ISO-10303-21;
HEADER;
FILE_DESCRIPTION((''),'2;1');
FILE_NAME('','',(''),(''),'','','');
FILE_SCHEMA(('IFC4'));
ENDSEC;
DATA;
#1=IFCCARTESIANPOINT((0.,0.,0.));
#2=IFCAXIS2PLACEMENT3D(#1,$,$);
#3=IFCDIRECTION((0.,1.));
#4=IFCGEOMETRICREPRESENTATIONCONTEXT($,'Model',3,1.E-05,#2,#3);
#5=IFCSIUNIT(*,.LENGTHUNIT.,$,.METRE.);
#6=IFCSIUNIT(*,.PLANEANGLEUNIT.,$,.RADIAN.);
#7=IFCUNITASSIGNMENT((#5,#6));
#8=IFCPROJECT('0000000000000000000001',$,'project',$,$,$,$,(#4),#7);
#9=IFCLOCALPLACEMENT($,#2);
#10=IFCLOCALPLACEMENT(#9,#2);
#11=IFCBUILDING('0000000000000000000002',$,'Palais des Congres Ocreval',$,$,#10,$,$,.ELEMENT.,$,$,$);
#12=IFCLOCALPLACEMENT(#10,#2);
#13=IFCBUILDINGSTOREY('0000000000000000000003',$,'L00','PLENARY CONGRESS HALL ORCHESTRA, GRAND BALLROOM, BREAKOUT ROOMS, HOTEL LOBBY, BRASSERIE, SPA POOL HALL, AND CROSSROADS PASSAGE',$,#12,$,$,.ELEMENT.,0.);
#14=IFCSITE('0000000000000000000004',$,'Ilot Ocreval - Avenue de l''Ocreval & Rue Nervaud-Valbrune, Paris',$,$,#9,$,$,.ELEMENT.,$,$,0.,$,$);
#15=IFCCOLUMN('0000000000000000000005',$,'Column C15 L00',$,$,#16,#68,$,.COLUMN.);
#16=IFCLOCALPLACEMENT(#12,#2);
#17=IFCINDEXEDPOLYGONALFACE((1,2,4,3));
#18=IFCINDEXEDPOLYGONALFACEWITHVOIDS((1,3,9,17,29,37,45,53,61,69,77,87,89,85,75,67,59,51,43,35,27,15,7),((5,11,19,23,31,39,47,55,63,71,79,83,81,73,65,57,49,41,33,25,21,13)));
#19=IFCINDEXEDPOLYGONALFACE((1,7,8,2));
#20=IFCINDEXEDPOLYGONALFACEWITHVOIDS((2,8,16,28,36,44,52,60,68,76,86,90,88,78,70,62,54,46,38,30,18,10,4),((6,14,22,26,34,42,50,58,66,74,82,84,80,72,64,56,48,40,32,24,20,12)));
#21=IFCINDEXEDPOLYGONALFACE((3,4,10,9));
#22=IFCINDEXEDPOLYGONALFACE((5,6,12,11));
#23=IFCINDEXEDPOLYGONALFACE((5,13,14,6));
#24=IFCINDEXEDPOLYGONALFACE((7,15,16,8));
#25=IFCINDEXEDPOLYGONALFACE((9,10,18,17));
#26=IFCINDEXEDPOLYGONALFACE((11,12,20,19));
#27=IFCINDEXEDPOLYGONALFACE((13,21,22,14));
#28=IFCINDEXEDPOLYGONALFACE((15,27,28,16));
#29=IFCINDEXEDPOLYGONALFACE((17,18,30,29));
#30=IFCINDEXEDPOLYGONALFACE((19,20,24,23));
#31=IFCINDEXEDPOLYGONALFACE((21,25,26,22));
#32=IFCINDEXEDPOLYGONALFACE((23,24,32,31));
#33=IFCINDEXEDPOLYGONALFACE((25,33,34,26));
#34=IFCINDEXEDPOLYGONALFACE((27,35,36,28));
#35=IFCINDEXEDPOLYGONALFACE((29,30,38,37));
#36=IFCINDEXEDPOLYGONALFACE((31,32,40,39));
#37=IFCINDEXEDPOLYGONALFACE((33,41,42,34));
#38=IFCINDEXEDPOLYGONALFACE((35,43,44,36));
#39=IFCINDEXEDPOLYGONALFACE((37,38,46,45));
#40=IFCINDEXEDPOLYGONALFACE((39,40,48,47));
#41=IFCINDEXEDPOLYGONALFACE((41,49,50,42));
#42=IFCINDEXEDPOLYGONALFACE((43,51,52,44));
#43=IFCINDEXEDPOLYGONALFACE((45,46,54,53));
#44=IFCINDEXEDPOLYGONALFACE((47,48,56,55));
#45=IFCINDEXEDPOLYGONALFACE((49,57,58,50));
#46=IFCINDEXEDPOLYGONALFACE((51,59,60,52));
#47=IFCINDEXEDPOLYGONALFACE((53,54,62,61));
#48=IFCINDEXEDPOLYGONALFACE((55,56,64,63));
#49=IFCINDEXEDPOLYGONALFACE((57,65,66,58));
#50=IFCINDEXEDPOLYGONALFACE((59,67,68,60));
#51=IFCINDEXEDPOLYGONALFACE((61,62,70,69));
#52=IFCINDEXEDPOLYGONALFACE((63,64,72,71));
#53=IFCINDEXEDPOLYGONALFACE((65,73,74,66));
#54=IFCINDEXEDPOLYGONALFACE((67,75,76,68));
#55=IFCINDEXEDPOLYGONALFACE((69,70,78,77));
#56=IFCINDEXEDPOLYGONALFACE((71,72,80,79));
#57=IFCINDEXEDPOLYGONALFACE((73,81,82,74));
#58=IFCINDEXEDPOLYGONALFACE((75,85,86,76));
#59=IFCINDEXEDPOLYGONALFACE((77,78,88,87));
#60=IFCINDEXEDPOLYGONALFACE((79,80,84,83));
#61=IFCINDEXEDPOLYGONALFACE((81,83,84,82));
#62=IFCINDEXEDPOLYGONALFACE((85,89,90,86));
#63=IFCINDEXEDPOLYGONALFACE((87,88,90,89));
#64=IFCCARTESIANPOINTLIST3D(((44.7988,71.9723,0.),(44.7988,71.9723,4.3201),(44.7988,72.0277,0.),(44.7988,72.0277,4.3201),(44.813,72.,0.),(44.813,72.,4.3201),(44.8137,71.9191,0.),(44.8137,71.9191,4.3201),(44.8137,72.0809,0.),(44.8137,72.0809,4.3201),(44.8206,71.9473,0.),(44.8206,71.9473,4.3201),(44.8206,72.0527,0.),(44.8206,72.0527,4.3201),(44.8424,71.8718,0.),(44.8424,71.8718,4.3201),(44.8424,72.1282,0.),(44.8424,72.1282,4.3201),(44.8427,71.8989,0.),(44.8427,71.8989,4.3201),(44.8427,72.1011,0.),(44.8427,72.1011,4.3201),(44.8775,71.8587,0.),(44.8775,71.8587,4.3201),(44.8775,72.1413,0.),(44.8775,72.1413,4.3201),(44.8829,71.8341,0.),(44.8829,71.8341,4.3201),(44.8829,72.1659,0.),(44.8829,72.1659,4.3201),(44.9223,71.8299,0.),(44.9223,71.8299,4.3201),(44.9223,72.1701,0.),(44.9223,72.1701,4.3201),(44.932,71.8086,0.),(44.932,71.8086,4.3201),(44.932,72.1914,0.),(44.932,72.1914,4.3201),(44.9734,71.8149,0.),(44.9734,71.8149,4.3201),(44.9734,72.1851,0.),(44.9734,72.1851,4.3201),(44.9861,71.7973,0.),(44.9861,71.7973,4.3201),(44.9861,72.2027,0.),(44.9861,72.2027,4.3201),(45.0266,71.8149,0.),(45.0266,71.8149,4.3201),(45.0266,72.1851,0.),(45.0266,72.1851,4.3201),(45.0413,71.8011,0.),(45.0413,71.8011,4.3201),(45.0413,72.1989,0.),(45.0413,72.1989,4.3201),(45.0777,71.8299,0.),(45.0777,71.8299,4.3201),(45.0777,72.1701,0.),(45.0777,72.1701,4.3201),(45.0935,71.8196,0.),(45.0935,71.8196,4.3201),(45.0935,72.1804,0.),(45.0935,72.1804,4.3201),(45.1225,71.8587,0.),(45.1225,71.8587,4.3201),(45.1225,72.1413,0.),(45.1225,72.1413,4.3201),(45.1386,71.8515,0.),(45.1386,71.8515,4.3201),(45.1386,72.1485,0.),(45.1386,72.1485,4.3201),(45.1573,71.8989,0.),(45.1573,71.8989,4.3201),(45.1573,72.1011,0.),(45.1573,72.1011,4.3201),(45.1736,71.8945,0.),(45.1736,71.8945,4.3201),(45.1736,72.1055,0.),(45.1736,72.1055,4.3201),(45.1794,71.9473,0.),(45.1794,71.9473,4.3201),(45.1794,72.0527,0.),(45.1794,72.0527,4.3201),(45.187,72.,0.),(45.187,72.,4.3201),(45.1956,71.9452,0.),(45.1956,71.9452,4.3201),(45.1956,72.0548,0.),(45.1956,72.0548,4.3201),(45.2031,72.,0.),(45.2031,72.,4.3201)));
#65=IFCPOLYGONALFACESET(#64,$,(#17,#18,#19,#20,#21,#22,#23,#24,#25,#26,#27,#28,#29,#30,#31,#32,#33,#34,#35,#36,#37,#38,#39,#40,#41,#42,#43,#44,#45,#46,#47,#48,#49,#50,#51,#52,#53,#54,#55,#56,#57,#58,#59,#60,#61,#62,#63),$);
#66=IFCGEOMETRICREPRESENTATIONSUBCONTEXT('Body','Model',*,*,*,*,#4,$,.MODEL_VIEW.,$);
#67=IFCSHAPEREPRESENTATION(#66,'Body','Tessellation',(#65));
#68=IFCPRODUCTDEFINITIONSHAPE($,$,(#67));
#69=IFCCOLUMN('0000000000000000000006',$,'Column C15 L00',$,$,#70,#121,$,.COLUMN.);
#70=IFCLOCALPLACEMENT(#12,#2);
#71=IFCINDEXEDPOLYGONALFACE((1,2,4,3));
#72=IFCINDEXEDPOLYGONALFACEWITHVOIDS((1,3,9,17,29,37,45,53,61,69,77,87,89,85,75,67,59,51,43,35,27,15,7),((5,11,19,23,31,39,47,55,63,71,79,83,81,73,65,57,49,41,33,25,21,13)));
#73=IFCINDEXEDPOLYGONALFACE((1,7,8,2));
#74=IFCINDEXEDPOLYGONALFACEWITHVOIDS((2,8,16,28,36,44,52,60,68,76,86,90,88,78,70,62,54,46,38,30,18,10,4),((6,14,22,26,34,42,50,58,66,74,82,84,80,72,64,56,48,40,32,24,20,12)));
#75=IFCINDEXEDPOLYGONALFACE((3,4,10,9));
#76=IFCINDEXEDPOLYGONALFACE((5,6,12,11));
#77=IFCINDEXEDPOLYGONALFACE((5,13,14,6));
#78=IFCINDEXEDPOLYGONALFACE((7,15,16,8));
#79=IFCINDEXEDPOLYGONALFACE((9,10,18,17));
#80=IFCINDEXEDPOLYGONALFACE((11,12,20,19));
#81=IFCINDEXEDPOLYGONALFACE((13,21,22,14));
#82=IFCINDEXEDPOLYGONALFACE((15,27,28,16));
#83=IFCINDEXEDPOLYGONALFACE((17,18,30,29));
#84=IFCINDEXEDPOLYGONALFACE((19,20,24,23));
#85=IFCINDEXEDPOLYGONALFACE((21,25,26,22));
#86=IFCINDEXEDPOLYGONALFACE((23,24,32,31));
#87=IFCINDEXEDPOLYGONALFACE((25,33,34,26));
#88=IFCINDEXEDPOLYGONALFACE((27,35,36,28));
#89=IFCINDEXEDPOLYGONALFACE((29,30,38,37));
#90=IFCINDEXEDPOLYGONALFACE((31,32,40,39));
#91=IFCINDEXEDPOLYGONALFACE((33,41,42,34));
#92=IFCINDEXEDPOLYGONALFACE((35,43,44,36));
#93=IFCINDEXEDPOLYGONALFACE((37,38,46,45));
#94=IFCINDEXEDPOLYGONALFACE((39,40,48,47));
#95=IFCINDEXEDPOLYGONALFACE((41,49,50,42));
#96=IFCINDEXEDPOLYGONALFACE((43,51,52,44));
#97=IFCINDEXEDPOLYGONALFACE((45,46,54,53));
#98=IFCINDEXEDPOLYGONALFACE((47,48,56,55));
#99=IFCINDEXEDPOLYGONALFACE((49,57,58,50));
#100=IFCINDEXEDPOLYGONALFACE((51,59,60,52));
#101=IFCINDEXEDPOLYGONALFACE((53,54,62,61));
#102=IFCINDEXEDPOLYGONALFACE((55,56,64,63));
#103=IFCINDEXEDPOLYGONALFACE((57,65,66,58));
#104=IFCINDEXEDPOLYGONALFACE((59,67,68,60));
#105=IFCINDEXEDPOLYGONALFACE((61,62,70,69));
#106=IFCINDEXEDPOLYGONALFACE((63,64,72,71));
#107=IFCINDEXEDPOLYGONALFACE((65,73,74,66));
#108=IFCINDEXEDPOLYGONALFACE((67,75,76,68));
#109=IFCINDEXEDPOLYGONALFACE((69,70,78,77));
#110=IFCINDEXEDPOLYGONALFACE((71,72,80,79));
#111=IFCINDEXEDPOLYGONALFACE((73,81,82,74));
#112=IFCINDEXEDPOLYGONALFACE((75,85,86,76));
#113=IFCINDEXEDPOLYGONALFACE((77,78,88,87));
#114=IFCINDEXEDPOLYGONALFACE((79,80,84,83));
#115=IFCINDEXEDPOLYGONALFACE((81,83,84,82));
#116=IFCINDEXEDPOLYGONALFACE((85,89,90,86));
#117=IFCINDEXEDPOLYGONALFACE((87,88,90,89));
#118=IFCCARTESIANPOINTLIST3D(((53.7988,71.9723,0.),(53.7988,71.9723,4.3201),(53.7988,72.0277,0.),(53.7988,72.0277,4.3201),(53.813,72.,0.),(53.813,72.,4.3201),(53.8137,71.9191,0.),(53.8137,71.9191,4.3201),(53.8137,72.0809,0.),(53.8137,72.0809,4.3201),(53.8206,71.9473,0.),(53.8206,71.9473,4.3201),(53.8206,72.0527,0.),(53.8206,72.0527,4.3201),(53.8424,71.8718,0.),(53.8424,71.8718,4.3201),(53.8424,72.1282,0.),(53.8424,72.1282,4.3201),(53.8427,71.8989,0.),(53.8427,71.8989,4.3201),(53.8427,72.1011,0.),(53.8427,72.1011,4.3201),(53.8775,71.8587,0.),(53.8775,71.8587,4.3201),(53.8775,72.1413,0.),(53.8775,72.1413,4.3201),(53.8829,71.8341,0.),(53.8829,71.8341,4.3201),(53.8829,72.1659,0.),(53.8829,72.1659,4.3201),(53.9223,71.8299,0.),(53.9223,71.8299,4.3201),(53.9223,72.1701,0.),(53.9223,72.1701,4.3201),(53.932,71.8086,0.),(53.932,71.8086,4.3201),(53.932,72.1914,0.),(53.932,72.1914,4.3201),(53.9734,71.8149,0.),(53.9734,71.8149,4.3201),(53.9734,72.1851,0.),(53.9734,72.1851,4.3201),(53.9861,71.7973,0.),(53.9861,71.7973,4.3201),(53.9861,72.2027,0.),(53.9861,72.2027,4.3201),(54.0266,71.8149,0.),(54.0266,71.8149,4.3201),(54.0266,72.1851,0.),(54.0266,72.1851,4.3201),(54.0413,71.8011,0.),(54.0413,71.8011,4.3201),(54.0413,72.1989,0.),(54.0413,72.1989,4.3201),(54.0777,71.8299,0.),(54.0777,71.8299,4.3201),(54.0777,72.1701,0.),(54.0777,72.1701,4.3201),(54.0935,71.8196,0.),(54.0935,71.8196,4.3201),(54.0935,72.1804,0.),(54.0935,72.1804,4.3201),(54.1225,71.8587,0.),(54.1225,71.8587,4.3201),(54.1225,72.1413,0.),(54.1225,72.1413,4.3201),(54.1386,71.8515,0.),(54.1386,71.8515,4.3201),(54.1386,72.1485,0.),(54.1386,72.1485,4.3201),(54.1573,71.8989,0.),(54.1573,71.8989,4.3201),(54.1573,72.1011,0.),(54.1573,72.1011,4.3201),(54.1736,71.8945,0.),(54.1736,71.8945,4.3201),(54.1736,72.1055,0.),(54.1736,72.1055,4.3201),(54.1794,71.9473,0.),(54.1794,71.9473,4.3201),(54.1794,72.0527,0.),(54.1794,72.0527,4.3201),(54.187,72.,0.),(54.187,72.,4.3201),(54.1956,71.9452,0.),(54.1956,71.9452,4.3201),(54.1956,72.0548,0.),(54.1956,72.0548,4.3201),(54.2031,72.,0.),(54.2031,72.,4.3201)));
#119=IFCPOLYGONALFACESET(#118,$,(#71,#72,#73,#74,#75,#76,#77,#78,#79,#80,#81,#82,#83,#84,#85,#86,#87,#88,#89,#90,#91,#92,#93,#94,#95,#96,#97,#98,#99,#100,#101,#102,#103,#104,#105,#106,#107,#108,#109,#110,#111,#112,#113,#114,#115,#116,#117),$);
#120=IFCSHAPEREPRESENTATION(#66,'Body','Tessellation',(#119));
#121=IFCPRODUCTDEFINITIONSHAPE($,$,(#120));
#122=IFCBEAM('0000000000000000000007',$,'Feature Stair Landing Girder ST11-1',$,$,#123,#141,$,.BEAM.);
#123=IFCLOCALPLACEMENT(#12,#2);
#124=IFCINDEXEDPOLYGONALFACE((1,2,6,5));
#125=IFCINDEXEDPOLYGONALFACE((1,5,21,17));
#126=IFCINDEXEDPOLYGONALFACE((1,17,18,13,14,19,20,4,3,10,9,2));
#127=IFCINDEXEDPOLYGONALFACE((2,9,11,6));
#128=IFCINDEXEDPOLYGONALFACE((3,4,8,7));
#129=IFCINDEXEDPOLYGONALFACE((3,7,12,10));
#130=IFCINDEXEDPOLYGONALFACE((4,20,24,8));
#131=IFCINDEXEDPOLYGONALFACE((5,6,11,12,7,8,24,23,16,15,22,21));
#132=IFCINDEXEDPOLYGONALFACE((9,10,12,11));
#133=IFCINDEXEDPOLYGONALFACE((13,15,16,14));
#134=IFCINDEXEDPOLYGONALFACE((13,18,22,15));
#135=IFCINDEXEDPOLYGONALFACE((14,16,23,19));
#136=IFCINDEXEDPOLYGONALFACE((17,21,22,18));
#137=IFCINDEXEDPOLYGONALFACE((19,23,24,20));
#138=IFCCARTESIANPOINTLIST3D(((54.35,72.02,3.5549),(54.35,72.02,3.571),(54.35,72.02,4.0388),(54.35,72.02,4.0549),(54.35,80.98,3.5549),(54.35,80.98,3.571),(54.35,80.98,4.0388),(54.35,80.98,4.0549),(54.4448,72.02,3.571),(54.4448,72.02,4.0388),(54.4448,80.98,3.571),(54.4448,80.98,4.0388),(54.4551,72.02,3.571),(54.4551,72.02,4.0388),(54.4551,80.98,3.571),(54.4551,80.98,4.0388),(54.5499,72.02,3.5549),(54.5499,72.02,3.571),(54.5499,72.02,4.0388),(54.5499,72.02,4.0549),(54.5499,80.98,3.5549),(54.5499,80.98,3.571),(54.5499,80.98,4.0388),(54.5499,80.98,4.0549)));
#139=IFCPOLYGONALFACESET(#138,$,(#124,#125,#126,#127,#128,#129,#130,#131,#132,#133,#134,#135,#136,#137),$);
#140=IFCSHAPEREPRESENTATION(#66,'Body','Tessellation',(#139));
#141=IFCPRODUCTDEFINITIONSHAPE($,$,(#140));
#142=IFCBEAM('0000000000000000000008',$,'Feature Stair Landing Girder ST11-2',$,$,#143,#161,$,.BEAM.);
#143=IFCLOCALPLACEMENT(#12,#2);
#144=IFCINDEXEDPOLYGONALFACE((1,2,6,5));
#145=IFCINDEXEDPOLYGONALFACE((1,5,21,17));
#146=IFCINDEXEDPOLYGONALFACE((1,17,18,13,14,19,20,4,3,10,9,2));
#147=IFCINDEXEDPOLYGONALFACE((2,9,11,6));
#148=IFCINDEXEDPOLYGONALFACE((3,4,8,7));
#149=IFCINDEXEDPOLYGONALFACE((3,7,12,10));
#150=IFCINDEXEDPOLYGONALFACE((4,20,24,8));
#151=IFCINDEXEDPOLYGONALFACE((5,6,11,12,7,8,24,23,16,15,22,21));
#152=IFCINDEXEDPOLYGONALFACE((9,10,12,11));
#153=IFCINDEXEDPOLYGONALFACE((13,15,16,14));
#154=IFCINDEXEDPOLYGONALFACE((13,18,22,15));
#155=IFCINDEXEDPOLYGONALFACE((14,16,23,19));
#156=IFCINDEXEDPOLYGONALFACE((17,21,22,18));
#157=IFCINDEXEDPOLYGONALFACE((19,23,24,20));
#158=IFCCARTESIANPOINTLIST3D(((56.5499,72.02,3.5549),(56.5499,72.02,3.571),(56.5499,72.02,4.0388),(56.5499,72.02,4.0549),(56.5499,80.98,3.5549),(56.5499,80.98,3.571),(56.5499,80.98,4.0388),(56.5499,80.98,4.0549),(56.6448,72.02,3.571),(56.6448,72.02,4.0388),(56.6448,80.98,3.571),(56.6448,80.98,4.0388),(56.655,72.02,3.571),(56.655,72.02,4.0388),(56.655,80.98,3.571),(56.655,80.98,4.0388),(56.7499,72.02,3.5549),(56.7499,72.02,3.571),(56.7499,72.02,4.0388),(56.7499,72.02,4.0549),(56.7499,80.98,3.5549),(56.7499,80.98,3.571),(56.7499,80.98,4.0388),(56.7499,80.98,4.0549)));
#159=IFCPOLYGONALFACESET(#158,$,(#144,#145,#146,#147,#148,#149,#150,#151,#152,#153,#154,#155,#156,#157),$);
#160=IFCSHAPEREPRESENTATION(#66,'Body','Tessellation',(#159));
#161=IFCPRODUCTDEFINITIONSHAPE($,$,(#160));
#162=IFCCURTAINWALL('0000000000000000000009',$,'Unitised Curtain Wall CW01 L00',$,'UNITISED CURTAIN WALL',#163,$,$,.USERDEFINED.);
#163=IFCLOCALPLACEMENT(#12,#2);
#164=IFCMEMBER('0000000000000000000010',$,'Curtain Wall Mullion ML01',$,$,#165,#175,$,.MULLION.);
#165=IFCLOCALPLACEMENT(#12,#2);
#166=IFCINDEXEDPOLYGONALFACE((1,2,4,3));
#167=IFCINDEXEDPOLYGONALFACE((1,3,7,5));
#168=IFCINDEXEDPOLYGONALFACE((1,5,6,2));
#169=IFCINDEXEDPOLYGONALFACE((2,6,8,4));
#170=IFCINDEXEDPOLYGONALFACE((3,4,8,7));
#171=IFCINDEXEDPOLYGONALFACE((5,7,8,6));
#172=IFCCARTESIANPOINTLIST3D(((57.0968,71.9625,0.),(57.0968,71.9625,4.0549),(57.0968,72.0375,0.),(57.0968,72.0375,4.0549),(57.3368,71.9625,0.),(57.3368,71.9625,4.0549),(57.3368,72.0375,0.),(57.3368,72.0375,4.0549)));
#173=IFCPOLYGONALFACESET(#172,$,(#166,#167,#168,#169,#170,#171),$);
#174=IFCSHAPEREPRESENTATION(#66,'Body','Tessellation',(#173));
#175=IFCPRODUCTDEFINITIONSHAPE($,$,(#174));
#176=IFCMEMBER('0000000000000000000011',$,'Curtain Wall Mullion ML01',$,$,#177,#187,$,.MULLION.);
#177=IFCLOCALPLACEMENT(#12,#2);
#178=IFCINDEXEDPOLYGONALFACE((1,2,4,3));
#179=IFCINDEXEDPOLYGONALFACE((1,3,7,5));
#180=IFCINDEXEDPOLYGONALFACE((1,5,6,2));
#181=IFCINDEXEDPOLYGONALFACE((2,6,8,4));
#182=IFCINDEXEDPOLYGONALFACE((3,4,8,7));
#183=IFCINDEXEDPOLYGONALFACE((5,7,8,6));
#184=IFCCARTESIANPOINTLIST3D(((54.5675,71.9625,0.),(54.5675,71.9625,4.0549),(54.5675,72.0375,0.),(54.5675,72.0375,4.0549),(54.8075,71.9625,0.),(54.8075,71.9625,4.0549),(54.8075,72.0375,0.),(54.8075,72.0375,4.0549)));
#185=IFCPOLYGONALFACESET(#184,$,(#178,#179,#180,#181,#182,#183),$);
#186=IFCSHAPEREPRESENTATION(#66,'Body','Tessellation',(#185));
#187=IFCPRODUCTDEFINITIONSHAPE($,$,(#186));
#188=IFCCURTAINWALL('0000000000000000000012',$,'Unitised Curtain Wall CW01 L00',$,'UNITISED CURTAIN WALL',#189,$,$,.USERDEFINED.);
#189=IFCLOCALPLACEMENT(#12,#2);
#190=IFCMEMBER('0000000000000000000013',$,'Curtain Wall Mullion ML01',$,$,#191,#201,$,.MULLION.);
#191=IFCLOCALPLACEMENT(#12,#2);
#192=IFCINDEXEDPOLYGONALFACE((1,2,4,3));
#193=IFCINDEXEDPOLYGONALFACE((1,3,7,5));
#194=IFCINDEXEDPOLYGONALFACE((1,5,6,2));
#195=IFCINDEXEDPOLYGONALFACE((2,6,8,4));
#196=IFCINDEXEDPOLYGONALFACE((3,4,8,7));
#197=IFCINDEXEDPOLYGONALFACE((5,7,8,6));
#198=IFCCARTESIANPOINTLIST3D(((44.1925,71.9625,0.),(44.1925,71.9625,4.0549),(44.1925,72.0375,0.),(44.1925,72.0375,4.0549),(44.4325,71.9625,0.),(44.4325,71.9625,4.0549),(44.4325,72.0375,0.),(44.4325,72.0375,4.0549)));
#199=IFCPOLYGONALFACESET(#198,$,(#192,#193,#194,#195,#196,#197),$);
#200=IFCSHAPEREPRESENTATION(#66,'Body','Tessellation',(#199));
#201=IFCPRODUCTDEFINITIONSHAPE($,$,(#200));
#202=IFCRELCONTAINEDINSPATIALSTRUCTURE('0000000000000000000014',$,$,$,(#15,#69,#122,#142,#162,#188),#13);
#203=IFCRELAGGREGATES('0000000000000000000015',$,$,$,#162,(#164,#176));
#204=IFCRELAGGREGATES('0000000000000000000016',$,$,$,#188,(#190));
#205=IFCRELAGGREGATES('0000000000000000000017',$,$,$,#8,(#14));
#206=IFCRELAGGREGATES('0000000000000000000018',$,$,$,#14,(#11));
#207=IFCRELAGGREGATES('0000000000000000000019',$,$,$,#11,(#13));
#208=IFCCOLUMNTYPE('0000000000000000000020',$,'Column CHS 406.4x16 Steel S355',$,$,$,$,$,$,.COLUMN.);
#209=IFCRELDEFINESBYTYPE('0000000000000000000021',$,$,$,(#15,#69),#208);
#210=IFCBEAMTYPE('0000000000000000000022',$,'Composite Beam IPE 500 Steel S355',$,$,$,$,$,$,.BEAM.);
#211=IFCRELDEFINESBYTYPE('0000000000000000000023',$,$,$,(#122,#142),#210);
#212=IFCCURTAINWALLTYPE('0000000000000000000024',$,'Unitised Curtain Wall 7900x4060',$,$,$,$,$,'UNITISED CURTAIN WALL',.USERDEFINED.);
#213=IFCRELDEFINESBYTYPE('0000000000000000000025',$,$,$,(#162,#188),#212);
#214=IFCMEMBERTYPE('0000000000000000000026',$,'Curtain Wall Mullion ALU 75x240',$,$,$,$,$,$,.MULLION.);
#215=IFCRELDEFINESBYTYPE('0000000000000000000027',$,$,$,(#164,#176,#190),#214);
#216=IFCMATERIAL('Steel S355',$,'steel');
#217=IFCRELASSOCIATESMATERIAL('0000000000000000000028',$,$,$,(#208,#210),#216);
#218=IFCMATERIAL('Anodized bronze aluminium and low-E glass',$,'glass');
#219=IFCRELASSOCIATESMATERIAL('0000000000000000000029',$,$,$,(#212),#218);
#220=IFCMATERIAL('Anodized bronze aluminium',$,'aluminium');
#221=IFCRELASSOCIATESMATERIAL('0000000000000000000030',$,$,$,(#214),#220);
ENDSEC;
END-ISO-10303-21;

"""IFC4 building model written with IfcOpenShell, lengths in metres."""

from ifc_helpers import new_model, si_unit, direction, frame, origin, origin_2d, place, context, subcontext, project, spatial, rectangle, hollow_circle, i_section, extrude, material, material_profile, profile_set, type_object, element, aggregate, save


model = new_model("IFC4")

# Units and contexts
model_context = context("Model", 3, precision=1e-05, world=origin(), true_north=direction((0.0, 1.0)))
body_context = subcontext(model_context, "Body", "Model", "MODEL_VIEW")
ifc_project = project(units=[si_unit("LENGTHUNIT", "METRE"), si_unit("PLANEANGLEUNIT", "RADIAN")], contexts=[model_context])

# Site, building, storey
site_placement = place(None, origin())
site = spatial("IfcSite", under=ifc_project, at=site_placement, Name="Ilot Ocreval - Avenue de l'Ocreval & Rue Nervaud-Valbrune, Paris", CompositionType="ELEMENT", RefElevation=0.0)
building_placement = place(site_placement, origin())
building = spatial("IfcBuilding", under=site, at=building_placement, Name="Palais des Congres Ocreval", CompositionType="ELEMENT")
storey_placement = place(building_placement, origin())
storey = spatial("IfcBuildingStorey", under=building, at=storey_placement, Name="L00", Description="PLENARY CONGRESS HALL ORCHESTRA, GRAND BALLROOM, BREAKOUT ROOMS, HOTEL LOBBY, BRASSERIE, SPA POOL HALL, AND CROSSROADS PASSAGE", CompositionType="ELEMENT", Elevation=0.0)

# Columns
ifc_material_1 = material(Name="Steel S355", Category="steel")
ifc_material_profile_1 = material_profile(ifc_material_1, hollow_circle(Radius=0.2031, WallThickness=0.0161, at=origin_2d()), Name="CHS 406.4x16")
ifc_profile_set_1 = profile_set([ifc_material_profile_1], Name="Steel S355")
column_type = type_object("IfcColumnType", Name="Column CHS 406.4x16 Steel S355", PredefinedType="COLUMN", material=ifc_profile_set_1)
for number, where, z_axis, x_axis, name in (
    (1, (45.0, 72.0, 0.0), (0.0, 0.0, 1.0), (1.0, 0.0, 0.0), "Column C15 L00"),
    (2, (54.0, 72.0, 0.0), (0.0, 0.0, 1.0), (1.0, 0.0, 0.0), "Column C15 L00"),
):
    element("IfcColumn", number, at=place(storey_placement, frame(where, z_axis=z_axis, x_axis=x_axis)), inside=storey, type_object=column_type, Name=name, PredefinedType="COLUMN", context=body_context, shape_type="SweptSolid", body=[
        extrude(hollow_circle(Radius=0.2031, WallThickness=0.0161, at=origin_2d()), origin(), (0.0, 0.0, 1.0), 4.3201),
    ])

# Beams
ifc_material_profile_2 = material_profile(ifc_material_1, i_section(OverallWidth=0.2, OverallDepth=0.5, WebThickness=0.0103, FlangeThickness=0.0161, at=origin_2d()), Name="IPE 500")
ifc_profile_set_2 = profile_set([ifc_material_profile_2], Name="Steel S355")
beam_type_1 = type_object("IfcBeamType", Name="Composite Beam IPE 500 Steel S355", PredefinedType="BEAM", material=ifc_profile_set_2)
for number, where, z_axis, x_axis, name in (
    (3, (54.45, 72.02, 3.8049), (0.0, 1.0, 0.0), (-1.0, 0.0, 0.0), "Feature Stair Landing Girder ST11-1"),
    (4, (56.6499, 72.02, 3.8049), (0.0, 1.0, 0.0), (-1.0, 0.0, 0.0), "Feature Stair Landing Girder ST11-2"),
):
    element("IfcBeam", number, at=place(storey_placement, frame(where, z_axis=z_axis, x_axis=x_axis)), inside=storey, type_object=beam_type_1, Name=name, PredefinedType="BEAM", context=body_context, shape_type="SweptSolid", body=[
        extrude(i_section(OverallWidth=0.2, OverallDepth=0.5, WebThickness=0.0103, FlangeThickness=0.0161, at=origin_2d()), origin(), (0.0, 0.0, 1.0), 8.96),
    ])

# Curtain wall, members
ifc_material_2 = material(Name="Anodized bronze aluminium and low-E glass", Category="glass")
curtain_wall_type = type_object("IfcCurtainWallType", Name="Unitised Curtain Wall 7900x4060", ElementType="UNITISED CURTAIN WALL", PredefinedType="USERDEFINED", material=ifc_material_2)
curtain_wall_1_placement = place(storey_placement, origin())
curtain_wall_1 = element("IfcCurtainWall", 5, at=curtain_wall_1_placement, inside=storey, type_object=curtain_wall_type, Name="Unitised Curtain Wall CW01 L00", ObjectType="UNITISED CURTAIN WALL", PredefinedType="USERDEFINED")
ifc_material_3 = material(Name="Anodized bronze aluminium", Category="aluminium")
ifc_material_profile_3 = material_profile(ifc_material_3, rectangle(XDim=0.075, YDim=0.24, at=origin_2d()), Name="ALU 75x240")
ifc_profile_set_3 = profile_set([ifc_material_profile_3], Name="Anodized bronze aluminium")
member_type_1 = type_object("IfcMemberType", Name="Curtain Wall Mullion ALU 75x240", PredefinedType="MULLION", material=ifc_profile_set_3)
member_1_placement = place(storey_placement, frame((57.2168, 72.0, 0.0), z_axis=(0.0, 0.0, 1.0), x_axis=(0.0, -1.0, 0.0)))
member_1 = element("IfcMember", 6, at=member_1_placement, type_object=member_type_1, Name="Curtain Wall Mullion ML01", PredefinedType="MULLION", context=body_context, shape_type="SweptSolid", body=[
    extrude(rectangle(XDim=0.075, YDim=0.24, at=origin_2d()), origin(), (0.0, 0.0, 1.0), 4.0549),
])
member_2_placement = place(storey_placement, frame((54.6875, 72.0, 0.0), z_axis=(0.0, 0.0, 1.0), x_axis=(0.0, -1.0, 0.0)))
member_2 = element("IfcMember", 7, at=member_2_placement, type_object=member_type_1, Name="Curtain Wall Mullion ML01", PredefinedType="MULLION", context=body_context, shape_type="SweptSolid", body=[
    extrude(rectangle(XDim=0.075, YDim=0.24, at=origin_2d()), origin(), (0.0, 0.0, 1.0), 4.0549),
])

# Curtain wall, member
curtain_wall_2_placement = place(storey_placement, origin())
curtain_wall_2 = element("IfcCurtainWall", 8, at=curtain_wall_2_placement, inside=storey, type_object=curtain_wall_type, Name="Unitised Curtain Wall CW01 L00", ObjectType="UNITISED CURTAIN WALL", PredefinedType="USERDEFINED")
member_3_placement = place(storey_placement, frame((44.3125, 72.0, 0.0), z_axis=(0.0, 0.0, 1.0), x_axis=(0.0, -1.0, 0.0)))
member_3 = element("IfcMember", 9, at=member_3_placement, type_object=member_type_1, Name="Curtain Wall Mullion ML01", PredefinedType="MULLION", context=body_context, shape_type="SweptSolid", body=[
    extrude(rectangle(XDim=0.075, YDim=0.24, at=origin_2d()), origin(), (0.0, 0.0, 1.0), 4.0549),
])

aggregate(curtain_wall_1, [member_1, member_2])
aggregate(curtain_wall_2, [member_3])

save(model, "model.ifc")
